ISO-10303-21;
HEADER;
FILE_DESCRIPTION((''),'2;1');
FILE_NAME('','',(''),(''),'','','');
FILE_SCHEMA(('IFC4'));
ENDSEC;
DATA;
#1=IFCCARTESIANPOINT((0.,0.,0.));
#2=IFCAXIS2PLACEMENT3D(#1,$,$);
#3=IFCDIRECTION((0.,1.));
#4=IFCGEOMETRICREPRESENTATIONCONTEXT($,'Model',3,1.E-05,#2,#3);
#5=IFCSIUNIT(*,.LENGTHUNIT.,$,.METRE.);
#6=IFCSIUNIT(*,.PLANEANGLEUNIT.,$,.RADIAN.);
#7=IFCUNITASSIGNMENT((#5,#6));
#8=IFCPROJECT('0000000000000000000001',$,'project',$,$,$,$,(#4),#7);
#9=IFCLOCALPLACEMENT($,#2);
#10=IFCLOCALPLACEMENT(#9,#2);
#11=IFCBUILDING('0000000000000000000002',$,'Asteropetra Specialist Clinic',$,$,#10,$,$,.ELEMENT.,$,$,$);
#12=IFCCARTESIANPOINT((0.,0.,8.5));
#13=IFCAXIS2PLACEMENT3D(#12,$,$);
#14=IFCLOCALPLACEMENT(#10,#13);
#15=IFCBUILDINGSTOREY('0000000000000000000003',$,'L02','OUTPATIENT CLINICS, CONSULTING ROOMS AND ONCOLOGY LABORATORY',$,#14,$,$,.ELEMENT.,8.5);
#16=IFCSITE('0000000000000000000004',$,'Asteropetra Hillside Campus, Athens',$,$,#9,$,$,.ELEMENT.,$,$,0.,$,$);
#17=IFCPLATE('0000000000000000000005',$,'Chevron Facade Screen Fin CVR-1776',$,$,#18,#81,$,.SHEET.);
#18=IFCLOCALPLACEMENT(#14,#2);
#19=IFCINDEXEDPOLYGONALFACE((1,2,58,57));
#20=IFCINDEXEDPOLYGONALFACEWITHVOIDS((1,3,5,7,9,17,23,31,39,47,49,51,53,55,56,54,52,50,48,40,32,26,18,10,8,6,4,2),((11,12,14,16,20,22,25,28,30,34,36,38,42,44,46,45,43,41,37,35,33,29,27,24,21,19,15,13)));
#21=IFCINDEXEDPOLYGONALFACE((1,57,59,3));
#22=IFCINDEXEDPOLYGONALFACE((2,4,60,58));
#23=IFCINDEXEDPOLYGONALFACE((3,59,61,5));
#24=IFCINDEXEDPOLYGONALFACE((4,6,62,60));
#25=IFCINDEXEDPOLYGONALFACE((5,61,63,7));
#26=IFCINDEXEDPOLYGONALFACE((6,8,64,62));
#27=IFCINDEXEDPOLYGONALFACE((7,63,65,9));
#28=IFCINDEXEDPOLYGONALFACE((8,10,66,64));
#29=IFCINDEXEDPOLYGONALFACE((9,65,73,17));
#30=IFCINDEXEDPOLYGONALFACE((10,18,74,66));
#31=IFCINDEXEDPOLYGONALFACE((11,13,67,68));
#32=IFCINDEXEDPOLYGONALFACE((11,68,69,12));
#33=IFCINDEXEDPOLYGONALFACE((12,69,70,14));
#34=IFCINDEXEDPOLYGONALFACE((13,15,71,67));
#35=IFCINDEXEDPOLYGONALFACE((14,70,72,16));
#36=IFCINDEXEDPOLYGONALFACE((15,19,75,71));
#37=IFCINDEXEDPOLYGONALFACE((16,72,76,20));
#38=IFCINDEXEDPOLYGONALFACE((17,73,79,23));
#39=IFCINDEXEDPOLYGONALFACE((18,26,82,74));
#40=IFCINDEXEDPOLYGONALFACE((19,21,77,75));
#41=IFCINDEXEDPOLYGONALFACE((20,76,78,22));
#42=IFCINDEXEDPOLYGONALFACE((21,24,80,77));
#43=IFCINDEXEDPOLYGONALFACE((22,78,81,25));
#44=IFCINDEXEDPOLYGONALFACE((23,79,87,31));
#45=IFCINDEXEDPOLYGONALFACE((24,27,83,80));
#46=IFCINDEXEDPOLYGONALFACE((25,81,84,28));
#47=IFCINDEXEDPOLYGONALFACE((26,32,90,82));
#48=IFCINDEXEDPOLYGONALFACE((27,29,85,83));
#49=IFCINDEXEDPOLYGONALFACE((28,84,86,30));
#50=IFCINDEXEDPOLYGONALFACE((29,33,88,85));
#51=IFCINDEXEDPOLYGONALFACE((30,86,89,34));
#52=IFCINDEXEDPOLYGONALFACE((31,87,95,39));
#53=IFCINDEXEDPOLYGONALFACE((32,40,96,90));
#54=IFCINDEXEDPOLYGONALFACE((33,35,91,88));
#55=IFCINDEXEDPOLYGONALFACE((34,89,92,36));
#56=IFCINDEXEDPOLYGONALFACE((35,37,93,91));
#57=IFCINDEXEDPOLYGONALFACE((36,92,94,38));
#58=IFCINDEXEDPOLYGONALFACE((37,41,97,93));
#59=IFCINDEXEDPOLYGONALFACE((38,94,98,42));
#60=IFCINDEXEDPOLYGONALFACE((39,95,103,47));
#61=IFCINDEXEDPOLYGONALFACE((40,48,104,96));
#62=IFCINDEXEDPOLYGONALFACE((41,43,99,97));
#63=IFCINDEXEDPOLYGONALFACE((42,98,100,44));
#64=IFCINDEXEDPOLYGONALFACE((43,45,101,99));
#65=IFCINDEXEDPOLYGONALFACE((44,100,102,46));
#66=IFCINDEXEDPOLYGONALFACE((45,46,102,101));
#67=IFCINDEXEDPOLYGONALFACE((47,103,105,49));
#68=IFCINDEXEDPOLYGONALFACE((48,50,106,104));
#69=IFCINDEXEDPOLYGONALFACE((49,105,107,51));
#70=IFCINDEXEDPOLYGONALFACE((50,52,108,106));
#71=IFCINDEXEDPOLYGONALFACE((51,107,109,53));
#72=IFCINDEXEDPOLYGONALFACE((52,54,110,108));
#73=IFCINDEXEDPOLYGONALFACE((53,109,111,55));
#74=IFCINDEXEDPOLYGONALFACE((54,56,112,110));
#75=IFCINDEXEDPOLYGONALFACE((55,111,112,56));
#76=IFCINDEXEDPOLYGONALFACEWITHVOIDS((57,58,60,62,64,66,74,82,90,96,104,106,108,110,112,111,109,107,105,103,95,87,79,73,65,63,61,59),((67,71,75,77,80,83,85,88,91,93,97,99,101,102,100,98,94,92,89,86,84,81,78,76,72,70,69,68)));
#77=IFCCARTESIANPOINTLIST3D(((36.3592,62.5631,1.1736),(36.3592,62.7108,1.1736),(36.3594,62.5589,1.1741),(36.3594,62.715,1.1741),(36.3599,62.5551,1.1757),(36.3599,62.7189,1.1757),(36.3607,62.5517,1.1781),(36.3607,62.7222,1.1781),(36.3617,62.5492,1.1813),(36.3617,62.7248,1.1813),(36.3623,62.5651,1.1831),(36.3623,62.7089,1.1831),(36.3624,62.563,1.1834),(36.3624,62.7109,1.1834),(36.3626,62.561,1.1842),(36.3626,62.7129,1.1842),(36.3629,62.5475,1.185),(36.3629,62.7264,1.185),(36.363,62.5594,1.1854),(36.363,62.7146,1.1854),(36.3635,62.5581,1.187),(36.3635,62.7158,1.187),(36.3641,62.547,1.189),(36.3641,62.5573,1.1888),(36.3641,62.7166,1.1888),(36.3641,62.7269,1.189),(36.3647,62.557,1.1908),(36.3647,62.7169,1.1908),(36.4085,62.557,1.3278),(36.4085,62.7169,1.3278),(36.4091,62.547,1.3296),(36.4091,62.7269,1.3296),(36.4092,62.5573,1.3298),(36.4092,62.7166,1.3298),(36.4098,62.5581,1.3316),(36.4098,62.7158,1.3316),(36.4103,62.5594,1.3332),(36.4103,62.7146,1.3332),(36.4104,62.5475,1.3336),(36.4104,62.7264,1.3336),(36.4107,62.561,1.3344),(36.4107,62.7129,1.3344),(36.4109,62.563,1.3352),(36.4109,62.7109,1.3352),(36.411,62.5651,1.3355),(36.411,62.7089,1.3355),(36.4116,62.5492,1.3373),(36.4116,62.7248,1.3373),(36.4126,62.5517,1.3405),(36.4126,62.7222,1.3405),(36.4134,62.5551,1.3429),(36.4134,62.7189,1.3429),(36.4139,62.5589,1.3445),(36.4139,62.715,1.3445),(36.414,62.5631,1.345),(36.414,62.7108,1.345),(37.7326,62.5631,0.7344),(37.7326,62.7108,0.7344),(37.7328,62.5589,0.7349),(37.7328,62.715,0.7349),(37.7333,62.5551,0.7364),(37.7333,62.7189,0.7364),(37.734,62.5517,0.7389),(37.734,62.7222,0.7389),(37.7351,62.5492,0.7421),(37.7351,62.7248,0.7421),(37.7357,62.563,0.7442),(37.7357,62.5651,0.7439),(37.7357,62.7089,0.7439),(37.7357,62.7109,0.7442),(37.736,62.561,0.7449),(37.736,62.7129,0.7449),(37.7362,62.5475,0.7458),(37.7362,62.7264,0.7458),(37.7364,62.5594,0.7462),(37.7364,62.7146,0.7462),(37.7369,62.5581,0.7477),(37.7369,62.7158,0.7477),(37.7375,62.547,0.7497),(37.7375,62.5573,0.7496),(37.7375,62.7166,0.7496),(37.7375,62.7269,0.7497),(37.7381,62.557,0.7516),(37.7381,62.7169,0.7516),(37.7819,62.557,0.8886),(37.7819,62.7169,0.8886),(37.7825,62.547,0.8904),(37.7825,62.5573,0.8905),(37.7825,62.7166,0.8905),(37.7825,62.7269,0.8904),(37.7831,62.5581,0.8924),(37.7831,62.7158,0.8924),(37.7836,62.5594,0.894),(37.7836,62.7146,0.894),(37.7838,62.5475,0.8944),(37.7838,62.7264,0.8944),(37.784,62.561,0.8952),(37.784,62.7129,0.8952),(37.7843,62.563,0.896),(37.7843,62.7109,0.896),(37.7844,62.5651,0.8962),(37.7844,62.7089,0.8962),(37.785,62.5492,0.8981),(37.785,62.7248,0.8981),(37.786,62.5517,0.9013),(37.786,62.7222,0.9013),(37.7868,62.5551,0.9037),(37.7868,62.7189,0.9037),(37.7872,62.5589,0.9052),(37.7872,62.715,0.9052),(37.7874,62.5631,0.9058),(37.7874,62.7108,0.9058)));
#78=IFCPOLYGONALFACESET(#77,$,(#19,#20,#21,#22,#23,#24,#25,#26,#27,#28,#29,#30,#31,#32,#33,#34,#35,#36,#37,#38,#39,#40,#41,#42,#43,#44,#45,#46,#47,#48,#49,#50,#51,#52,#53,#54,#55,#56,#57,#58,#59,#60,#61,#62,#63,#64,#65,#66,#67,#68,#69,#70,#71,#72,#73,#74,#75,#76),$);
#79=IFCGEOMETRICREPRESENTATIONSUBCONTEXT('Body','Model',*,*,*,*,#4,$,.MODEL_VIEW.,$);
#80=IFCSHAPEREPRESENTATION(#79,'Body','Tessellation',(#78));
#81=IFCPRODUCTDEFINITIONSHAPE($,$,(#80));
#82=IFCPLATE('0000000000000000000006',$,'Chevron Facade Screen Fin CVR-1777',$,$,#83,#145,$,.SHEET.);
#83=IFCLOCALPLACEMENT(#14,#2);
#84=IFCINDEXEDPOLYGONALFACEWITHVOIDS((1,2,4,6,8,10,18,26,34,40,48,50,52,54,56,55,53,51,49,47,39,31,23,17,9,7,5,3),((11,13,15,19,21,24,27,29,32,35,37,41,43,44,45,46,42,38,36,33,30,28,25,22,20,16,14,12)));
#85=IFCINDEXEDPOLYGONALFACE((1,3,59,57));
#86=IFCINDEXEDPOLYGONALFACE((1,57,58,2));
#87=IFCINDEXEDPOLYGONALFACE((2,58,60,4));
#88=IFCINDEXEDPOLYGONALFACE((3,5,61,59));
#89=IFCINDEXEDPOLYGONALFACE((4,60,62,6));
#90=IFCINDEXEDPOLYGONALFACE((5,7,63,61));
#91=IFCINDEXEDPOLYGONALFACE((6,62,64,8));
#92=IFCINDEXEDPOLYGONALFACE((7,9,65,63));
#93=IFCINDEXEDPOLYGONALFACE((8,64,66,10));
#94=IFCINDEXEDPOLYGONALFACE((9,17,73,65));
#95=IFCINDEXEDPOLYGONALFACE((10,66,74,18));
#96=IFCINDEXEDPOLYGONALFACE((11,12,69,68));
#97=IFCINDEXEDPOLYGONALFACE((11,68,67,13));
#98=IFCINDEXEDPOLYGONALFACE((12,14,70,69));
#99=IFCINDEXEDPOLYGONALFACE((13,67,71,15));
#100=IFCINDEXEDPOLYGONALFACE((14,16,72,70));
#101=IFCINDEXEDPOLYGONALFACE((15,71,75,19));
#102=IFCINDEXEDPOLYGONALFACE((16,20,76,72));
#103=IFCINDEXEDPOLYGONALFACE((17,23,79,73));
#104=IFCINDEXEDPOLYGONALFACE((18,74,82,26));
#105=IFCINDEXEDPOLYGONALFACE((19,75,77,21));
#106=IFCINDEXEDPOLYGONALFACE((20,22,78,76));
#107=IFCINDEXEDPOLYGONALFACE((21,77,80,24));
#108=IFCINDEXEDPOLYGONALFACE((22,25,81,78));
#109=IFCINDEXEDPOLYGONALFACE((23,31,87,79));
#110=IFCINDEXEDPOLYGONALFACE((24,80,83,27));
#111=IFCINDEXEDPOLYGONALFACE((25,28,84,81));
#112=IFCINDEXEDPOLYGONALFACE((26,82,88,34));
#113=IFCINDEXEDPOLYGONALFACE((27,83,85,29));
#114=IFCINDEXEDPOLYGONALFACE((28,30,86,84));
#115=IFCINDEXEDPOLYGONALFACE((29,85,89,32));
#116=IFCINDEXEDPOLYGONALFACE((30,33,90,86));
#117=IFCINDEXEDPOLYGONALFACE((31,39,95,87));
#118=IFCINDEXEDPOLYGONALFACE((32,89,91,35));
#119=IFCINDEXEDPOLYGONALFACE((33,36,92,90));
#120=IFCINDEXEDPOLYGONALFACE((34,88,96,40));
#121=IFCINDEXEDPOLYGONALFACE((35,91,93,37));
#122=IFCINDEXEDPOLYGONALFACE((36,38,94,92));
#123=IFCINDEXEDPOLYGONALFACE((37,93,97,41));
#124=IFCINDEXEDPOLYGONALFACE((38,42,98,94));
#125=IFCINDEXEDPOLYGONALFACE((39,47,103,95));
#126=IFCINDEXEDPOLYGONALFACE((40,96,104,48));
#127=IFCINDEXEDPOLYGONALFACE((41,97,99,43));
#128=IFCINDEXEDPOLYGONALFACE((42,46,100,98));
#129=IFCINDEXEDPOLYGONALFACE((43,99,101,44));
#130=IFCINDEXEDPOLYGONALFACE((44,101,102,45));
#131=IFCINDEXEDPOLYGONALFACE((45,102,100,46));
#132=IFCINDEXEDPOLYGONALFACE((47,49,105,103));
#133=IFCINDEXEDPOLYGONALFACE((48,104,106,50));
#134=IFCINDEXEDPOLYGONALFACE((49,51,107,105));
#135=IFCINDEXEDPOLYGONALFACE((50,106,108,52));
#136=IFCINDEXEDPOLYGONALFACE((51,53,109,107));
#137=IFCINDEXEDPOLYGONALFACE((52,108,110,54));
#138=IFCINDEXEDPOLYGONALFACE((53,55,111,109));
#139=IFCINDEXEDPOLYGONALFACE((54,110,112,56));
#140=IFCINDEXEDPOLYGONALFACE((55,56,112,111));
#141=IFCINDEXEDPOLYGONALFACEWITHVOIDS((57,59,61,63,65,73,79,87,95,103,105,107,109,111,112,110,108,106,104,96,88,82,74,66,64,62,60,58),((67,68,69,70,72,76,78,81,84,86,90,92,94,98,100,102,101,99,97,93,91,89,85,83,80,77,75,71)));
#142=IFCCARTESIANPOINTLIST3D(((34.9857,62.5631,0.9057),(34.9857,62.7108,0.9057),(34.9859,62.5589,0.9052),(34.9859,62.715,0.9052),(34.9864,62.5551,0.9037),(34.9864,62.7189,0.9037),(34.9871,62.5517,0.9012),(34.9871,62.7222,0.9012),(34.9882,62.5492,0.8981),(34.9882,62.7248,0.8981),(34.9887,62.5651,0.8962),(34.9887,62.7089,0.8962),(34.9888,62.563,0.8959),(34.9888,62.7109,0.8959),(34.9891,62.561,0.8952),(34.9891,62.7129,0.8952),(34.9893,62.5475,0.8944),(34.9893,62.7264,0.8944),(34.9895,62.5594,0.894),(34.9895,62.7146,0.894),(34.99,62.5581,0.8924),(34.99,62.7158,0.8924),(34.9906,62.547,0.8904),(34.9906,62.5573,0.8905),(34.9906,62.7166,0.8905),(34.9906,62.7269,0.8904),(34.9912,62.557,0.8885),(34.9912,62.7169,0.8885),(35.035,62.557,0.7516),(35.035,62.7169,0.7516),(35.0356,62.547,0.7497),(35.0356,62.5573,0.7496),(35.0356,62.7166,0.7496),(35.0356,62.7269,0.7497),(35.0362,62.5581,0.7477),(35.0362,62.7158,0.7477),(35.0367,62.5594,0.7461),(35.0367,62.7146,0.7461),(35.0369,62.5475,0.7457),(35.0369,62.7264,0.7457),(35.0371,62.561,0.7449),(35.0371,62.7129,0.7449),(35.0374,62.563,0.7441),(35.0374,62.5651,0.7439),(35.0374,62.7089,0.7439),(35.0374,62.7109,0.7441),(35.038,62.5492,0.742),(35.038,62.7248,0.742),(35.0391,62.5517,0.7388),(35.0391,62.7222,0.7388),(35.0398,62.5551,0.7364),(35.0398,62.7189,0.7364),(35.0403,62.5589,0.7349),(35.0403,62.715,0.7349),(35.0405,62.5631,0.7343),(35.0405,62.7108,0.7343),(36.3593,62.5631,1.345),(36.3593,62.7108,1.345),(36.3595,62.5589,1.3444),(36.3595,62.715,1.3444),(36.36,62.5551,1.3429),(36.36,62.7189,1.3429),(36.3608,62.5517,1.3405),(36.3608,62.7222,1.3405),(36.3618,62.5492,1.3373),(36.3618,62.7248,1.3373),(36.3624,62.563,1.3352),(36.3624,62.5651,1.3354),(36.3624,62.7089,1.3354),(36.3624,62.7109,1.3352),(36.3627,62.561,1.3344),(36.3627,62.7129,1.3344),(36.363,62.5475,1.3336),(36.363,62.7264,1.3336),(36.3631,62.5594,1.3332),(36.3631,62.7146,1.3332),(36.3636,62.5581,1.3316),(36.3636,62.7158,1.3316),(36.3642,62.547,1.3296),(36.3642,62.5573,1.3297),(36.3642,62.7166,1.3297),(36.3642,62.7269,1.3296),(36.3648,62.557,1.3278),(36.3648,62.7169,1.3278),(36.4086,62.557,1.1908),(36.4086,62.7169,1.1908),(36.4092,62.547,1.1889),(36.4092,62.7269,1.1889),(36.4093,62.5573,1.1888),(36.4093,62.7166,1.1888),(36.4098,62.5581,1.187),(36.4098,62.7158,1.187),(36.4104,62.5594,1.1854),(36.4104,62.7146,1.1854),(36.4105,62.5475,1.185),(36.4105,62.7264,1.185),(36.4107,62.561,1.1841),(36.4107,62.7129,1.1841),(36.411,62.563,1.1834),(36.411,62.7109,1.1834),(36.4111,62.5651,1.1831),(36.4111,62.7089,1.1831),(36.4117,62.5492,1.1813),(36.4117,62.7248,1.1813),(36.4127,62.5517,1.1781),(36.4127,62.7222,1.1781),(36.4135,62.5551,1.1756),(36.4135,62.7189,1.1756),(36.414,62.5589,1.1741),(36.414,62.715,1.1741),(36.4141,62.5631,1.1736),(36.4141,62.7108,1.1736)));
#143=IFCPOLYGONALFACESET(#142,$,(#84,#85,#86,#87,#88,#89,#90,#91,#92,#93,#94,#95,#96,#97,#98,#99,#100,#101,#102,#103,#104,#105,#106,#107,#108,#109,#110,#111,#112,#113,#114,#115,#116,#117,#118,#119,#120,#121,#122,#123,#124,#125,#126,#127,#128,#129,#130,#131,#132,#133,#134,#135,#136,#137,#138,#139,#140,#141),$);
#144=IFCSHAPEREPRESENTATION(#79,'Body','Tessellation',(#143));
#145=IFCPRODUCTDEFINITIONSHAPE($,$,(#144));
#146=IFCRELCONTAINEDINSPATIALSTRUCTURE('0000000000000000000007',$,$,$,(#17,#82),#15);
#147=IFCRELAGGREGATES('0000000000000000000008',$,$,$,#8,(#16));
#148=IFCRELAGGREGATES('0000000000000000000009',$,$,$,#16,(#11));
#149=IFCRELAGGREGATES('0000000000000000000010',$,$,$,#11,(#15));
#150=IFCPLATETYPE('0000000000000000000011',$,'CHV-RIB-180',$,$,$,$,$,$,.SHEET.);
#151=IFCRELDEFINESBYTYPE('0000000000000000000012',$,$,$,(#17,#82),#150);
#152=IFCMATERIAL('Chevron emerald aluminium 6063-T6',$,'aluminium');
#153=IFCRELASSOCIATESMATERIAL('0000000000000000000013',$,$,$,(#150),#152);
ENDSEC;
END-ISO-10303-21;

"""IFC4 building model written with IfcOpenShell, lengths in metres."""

from ifc_helpers import new_model, si_unit, direction, frame, origin, origin_2d, place, context, subcontext, project, spatial, hollow_rectangle, extrude, material, material_profile, profile_set, type_object, element, save


model = new_model("IFC4")

# Units and contexts
model_context = context("Model", 3, precision=1e-05, world=origin(), true_north=direction((0.0, 1.0)))
body_context = subcontext(model_context, "Body", "Model", "MODEL_VIEW")
ifc_project = project(units=[si_unit("LENGTHUNIT", "METRE"), si_unit("PLANEANGLEUNIT", "RADIAN")], contexts=[model_context])

# Site, building, storey
site_placement = place(None, origin())
site = spatial("IfcSite", under=ifc_project, at=site_placement, Name="Asteropetra Hillside Campus, Athens", CompositionType="ELEMENT", RefElevation=0.0)
building_placement = place(site_placement, origin())
building = spatial("IfcBuilding", under=site, at=building_placement, Name="Asteropetra Specialist Clinic", CompositionType="ELEMENT")
storey_placement = place(building_placement, frame((0.0, 0.0, 8.5)))
storey = spatial("IfcBuildingStorey", under=building, at=storey_placement, Name="L02", Description="OUTPATIENT CLINICS, CONSULTING ROOMS AND ONCOLOGY LABORATORY", CompositionType="ELEMENT", Elevation=8.5)

# Plates
ifc_material_1 = material(Name="Chevron emerald aluminium 6063-T6", Category="aluminium")
ifc_material_profile = material_profile(ifc_material_1, hollow_rectangle(XDim=0.1799, YDim=0.1799, WallThickness=0.01, InnerFilletRadius=0.0081, OuterFilletRadius=0.0161, at=origin_2d()), Name="SHS 180x180x10.0")
ifc_profile_set = profile_set([ifc_material_profile], Name="Chevron emerald aluminium 6063-T6")
plate_type_1 = type_object("IfcPlateType", Name="CHV-RIB-180", PredefinedType="SHEET", material=ifc_profile_set)
plate_1_placement = place(storey_placement, frame((37.76, 62.637, 0.8201), z_axis=(-0.952473, 0.0, 0.304622), x_axis=(0.0, -1.0, 0.0)))
element("IfcPlate", 1, at=plate_1_placement, inside=storey, type_object=plate_type_1, Name="Chevron Facade Screen Fin CVR-1776", PredefinedType="SHEET", context=body_context, shape_type="SweptSolid", body=[
    extrude(hollow_rectangle(XDim=0.1799, YDim=0.1799, WallThickness=0.01, InnerFilletRadius=0.0081, OuterFilletRadius=0.0161, at=origin_2d()), origin(), (0.0, 0.0, 1.0), 1.4419),
])
plate_2_placement = place(storey_placement, frame((36.3867, 62.637, 1.2593), z_axis=(-0.952489, 0.0, -0.304573), x_axis=(0.0, -1.0, 0.0)))
element("IfcPlate", 2, at=plate_2_placement, inside=storey, type_object=plate_type_1, Name="Chevron Facade Screen Fin CVR-1777", PredefinedType="SHEET", context=body_context, shape_type="SweptSolid", body=[
    extrude(hollow_rectangle(XDim=0.1799, YDim=0.1799, WallThickness=0.01, InnerFilletRadius=0.0081, OuterFilletRadius=0.0161, at=origin_2d()), origin(), (0.0, 0.0, 1.0), 1.4421),
])

save(model, "model.ifc")
